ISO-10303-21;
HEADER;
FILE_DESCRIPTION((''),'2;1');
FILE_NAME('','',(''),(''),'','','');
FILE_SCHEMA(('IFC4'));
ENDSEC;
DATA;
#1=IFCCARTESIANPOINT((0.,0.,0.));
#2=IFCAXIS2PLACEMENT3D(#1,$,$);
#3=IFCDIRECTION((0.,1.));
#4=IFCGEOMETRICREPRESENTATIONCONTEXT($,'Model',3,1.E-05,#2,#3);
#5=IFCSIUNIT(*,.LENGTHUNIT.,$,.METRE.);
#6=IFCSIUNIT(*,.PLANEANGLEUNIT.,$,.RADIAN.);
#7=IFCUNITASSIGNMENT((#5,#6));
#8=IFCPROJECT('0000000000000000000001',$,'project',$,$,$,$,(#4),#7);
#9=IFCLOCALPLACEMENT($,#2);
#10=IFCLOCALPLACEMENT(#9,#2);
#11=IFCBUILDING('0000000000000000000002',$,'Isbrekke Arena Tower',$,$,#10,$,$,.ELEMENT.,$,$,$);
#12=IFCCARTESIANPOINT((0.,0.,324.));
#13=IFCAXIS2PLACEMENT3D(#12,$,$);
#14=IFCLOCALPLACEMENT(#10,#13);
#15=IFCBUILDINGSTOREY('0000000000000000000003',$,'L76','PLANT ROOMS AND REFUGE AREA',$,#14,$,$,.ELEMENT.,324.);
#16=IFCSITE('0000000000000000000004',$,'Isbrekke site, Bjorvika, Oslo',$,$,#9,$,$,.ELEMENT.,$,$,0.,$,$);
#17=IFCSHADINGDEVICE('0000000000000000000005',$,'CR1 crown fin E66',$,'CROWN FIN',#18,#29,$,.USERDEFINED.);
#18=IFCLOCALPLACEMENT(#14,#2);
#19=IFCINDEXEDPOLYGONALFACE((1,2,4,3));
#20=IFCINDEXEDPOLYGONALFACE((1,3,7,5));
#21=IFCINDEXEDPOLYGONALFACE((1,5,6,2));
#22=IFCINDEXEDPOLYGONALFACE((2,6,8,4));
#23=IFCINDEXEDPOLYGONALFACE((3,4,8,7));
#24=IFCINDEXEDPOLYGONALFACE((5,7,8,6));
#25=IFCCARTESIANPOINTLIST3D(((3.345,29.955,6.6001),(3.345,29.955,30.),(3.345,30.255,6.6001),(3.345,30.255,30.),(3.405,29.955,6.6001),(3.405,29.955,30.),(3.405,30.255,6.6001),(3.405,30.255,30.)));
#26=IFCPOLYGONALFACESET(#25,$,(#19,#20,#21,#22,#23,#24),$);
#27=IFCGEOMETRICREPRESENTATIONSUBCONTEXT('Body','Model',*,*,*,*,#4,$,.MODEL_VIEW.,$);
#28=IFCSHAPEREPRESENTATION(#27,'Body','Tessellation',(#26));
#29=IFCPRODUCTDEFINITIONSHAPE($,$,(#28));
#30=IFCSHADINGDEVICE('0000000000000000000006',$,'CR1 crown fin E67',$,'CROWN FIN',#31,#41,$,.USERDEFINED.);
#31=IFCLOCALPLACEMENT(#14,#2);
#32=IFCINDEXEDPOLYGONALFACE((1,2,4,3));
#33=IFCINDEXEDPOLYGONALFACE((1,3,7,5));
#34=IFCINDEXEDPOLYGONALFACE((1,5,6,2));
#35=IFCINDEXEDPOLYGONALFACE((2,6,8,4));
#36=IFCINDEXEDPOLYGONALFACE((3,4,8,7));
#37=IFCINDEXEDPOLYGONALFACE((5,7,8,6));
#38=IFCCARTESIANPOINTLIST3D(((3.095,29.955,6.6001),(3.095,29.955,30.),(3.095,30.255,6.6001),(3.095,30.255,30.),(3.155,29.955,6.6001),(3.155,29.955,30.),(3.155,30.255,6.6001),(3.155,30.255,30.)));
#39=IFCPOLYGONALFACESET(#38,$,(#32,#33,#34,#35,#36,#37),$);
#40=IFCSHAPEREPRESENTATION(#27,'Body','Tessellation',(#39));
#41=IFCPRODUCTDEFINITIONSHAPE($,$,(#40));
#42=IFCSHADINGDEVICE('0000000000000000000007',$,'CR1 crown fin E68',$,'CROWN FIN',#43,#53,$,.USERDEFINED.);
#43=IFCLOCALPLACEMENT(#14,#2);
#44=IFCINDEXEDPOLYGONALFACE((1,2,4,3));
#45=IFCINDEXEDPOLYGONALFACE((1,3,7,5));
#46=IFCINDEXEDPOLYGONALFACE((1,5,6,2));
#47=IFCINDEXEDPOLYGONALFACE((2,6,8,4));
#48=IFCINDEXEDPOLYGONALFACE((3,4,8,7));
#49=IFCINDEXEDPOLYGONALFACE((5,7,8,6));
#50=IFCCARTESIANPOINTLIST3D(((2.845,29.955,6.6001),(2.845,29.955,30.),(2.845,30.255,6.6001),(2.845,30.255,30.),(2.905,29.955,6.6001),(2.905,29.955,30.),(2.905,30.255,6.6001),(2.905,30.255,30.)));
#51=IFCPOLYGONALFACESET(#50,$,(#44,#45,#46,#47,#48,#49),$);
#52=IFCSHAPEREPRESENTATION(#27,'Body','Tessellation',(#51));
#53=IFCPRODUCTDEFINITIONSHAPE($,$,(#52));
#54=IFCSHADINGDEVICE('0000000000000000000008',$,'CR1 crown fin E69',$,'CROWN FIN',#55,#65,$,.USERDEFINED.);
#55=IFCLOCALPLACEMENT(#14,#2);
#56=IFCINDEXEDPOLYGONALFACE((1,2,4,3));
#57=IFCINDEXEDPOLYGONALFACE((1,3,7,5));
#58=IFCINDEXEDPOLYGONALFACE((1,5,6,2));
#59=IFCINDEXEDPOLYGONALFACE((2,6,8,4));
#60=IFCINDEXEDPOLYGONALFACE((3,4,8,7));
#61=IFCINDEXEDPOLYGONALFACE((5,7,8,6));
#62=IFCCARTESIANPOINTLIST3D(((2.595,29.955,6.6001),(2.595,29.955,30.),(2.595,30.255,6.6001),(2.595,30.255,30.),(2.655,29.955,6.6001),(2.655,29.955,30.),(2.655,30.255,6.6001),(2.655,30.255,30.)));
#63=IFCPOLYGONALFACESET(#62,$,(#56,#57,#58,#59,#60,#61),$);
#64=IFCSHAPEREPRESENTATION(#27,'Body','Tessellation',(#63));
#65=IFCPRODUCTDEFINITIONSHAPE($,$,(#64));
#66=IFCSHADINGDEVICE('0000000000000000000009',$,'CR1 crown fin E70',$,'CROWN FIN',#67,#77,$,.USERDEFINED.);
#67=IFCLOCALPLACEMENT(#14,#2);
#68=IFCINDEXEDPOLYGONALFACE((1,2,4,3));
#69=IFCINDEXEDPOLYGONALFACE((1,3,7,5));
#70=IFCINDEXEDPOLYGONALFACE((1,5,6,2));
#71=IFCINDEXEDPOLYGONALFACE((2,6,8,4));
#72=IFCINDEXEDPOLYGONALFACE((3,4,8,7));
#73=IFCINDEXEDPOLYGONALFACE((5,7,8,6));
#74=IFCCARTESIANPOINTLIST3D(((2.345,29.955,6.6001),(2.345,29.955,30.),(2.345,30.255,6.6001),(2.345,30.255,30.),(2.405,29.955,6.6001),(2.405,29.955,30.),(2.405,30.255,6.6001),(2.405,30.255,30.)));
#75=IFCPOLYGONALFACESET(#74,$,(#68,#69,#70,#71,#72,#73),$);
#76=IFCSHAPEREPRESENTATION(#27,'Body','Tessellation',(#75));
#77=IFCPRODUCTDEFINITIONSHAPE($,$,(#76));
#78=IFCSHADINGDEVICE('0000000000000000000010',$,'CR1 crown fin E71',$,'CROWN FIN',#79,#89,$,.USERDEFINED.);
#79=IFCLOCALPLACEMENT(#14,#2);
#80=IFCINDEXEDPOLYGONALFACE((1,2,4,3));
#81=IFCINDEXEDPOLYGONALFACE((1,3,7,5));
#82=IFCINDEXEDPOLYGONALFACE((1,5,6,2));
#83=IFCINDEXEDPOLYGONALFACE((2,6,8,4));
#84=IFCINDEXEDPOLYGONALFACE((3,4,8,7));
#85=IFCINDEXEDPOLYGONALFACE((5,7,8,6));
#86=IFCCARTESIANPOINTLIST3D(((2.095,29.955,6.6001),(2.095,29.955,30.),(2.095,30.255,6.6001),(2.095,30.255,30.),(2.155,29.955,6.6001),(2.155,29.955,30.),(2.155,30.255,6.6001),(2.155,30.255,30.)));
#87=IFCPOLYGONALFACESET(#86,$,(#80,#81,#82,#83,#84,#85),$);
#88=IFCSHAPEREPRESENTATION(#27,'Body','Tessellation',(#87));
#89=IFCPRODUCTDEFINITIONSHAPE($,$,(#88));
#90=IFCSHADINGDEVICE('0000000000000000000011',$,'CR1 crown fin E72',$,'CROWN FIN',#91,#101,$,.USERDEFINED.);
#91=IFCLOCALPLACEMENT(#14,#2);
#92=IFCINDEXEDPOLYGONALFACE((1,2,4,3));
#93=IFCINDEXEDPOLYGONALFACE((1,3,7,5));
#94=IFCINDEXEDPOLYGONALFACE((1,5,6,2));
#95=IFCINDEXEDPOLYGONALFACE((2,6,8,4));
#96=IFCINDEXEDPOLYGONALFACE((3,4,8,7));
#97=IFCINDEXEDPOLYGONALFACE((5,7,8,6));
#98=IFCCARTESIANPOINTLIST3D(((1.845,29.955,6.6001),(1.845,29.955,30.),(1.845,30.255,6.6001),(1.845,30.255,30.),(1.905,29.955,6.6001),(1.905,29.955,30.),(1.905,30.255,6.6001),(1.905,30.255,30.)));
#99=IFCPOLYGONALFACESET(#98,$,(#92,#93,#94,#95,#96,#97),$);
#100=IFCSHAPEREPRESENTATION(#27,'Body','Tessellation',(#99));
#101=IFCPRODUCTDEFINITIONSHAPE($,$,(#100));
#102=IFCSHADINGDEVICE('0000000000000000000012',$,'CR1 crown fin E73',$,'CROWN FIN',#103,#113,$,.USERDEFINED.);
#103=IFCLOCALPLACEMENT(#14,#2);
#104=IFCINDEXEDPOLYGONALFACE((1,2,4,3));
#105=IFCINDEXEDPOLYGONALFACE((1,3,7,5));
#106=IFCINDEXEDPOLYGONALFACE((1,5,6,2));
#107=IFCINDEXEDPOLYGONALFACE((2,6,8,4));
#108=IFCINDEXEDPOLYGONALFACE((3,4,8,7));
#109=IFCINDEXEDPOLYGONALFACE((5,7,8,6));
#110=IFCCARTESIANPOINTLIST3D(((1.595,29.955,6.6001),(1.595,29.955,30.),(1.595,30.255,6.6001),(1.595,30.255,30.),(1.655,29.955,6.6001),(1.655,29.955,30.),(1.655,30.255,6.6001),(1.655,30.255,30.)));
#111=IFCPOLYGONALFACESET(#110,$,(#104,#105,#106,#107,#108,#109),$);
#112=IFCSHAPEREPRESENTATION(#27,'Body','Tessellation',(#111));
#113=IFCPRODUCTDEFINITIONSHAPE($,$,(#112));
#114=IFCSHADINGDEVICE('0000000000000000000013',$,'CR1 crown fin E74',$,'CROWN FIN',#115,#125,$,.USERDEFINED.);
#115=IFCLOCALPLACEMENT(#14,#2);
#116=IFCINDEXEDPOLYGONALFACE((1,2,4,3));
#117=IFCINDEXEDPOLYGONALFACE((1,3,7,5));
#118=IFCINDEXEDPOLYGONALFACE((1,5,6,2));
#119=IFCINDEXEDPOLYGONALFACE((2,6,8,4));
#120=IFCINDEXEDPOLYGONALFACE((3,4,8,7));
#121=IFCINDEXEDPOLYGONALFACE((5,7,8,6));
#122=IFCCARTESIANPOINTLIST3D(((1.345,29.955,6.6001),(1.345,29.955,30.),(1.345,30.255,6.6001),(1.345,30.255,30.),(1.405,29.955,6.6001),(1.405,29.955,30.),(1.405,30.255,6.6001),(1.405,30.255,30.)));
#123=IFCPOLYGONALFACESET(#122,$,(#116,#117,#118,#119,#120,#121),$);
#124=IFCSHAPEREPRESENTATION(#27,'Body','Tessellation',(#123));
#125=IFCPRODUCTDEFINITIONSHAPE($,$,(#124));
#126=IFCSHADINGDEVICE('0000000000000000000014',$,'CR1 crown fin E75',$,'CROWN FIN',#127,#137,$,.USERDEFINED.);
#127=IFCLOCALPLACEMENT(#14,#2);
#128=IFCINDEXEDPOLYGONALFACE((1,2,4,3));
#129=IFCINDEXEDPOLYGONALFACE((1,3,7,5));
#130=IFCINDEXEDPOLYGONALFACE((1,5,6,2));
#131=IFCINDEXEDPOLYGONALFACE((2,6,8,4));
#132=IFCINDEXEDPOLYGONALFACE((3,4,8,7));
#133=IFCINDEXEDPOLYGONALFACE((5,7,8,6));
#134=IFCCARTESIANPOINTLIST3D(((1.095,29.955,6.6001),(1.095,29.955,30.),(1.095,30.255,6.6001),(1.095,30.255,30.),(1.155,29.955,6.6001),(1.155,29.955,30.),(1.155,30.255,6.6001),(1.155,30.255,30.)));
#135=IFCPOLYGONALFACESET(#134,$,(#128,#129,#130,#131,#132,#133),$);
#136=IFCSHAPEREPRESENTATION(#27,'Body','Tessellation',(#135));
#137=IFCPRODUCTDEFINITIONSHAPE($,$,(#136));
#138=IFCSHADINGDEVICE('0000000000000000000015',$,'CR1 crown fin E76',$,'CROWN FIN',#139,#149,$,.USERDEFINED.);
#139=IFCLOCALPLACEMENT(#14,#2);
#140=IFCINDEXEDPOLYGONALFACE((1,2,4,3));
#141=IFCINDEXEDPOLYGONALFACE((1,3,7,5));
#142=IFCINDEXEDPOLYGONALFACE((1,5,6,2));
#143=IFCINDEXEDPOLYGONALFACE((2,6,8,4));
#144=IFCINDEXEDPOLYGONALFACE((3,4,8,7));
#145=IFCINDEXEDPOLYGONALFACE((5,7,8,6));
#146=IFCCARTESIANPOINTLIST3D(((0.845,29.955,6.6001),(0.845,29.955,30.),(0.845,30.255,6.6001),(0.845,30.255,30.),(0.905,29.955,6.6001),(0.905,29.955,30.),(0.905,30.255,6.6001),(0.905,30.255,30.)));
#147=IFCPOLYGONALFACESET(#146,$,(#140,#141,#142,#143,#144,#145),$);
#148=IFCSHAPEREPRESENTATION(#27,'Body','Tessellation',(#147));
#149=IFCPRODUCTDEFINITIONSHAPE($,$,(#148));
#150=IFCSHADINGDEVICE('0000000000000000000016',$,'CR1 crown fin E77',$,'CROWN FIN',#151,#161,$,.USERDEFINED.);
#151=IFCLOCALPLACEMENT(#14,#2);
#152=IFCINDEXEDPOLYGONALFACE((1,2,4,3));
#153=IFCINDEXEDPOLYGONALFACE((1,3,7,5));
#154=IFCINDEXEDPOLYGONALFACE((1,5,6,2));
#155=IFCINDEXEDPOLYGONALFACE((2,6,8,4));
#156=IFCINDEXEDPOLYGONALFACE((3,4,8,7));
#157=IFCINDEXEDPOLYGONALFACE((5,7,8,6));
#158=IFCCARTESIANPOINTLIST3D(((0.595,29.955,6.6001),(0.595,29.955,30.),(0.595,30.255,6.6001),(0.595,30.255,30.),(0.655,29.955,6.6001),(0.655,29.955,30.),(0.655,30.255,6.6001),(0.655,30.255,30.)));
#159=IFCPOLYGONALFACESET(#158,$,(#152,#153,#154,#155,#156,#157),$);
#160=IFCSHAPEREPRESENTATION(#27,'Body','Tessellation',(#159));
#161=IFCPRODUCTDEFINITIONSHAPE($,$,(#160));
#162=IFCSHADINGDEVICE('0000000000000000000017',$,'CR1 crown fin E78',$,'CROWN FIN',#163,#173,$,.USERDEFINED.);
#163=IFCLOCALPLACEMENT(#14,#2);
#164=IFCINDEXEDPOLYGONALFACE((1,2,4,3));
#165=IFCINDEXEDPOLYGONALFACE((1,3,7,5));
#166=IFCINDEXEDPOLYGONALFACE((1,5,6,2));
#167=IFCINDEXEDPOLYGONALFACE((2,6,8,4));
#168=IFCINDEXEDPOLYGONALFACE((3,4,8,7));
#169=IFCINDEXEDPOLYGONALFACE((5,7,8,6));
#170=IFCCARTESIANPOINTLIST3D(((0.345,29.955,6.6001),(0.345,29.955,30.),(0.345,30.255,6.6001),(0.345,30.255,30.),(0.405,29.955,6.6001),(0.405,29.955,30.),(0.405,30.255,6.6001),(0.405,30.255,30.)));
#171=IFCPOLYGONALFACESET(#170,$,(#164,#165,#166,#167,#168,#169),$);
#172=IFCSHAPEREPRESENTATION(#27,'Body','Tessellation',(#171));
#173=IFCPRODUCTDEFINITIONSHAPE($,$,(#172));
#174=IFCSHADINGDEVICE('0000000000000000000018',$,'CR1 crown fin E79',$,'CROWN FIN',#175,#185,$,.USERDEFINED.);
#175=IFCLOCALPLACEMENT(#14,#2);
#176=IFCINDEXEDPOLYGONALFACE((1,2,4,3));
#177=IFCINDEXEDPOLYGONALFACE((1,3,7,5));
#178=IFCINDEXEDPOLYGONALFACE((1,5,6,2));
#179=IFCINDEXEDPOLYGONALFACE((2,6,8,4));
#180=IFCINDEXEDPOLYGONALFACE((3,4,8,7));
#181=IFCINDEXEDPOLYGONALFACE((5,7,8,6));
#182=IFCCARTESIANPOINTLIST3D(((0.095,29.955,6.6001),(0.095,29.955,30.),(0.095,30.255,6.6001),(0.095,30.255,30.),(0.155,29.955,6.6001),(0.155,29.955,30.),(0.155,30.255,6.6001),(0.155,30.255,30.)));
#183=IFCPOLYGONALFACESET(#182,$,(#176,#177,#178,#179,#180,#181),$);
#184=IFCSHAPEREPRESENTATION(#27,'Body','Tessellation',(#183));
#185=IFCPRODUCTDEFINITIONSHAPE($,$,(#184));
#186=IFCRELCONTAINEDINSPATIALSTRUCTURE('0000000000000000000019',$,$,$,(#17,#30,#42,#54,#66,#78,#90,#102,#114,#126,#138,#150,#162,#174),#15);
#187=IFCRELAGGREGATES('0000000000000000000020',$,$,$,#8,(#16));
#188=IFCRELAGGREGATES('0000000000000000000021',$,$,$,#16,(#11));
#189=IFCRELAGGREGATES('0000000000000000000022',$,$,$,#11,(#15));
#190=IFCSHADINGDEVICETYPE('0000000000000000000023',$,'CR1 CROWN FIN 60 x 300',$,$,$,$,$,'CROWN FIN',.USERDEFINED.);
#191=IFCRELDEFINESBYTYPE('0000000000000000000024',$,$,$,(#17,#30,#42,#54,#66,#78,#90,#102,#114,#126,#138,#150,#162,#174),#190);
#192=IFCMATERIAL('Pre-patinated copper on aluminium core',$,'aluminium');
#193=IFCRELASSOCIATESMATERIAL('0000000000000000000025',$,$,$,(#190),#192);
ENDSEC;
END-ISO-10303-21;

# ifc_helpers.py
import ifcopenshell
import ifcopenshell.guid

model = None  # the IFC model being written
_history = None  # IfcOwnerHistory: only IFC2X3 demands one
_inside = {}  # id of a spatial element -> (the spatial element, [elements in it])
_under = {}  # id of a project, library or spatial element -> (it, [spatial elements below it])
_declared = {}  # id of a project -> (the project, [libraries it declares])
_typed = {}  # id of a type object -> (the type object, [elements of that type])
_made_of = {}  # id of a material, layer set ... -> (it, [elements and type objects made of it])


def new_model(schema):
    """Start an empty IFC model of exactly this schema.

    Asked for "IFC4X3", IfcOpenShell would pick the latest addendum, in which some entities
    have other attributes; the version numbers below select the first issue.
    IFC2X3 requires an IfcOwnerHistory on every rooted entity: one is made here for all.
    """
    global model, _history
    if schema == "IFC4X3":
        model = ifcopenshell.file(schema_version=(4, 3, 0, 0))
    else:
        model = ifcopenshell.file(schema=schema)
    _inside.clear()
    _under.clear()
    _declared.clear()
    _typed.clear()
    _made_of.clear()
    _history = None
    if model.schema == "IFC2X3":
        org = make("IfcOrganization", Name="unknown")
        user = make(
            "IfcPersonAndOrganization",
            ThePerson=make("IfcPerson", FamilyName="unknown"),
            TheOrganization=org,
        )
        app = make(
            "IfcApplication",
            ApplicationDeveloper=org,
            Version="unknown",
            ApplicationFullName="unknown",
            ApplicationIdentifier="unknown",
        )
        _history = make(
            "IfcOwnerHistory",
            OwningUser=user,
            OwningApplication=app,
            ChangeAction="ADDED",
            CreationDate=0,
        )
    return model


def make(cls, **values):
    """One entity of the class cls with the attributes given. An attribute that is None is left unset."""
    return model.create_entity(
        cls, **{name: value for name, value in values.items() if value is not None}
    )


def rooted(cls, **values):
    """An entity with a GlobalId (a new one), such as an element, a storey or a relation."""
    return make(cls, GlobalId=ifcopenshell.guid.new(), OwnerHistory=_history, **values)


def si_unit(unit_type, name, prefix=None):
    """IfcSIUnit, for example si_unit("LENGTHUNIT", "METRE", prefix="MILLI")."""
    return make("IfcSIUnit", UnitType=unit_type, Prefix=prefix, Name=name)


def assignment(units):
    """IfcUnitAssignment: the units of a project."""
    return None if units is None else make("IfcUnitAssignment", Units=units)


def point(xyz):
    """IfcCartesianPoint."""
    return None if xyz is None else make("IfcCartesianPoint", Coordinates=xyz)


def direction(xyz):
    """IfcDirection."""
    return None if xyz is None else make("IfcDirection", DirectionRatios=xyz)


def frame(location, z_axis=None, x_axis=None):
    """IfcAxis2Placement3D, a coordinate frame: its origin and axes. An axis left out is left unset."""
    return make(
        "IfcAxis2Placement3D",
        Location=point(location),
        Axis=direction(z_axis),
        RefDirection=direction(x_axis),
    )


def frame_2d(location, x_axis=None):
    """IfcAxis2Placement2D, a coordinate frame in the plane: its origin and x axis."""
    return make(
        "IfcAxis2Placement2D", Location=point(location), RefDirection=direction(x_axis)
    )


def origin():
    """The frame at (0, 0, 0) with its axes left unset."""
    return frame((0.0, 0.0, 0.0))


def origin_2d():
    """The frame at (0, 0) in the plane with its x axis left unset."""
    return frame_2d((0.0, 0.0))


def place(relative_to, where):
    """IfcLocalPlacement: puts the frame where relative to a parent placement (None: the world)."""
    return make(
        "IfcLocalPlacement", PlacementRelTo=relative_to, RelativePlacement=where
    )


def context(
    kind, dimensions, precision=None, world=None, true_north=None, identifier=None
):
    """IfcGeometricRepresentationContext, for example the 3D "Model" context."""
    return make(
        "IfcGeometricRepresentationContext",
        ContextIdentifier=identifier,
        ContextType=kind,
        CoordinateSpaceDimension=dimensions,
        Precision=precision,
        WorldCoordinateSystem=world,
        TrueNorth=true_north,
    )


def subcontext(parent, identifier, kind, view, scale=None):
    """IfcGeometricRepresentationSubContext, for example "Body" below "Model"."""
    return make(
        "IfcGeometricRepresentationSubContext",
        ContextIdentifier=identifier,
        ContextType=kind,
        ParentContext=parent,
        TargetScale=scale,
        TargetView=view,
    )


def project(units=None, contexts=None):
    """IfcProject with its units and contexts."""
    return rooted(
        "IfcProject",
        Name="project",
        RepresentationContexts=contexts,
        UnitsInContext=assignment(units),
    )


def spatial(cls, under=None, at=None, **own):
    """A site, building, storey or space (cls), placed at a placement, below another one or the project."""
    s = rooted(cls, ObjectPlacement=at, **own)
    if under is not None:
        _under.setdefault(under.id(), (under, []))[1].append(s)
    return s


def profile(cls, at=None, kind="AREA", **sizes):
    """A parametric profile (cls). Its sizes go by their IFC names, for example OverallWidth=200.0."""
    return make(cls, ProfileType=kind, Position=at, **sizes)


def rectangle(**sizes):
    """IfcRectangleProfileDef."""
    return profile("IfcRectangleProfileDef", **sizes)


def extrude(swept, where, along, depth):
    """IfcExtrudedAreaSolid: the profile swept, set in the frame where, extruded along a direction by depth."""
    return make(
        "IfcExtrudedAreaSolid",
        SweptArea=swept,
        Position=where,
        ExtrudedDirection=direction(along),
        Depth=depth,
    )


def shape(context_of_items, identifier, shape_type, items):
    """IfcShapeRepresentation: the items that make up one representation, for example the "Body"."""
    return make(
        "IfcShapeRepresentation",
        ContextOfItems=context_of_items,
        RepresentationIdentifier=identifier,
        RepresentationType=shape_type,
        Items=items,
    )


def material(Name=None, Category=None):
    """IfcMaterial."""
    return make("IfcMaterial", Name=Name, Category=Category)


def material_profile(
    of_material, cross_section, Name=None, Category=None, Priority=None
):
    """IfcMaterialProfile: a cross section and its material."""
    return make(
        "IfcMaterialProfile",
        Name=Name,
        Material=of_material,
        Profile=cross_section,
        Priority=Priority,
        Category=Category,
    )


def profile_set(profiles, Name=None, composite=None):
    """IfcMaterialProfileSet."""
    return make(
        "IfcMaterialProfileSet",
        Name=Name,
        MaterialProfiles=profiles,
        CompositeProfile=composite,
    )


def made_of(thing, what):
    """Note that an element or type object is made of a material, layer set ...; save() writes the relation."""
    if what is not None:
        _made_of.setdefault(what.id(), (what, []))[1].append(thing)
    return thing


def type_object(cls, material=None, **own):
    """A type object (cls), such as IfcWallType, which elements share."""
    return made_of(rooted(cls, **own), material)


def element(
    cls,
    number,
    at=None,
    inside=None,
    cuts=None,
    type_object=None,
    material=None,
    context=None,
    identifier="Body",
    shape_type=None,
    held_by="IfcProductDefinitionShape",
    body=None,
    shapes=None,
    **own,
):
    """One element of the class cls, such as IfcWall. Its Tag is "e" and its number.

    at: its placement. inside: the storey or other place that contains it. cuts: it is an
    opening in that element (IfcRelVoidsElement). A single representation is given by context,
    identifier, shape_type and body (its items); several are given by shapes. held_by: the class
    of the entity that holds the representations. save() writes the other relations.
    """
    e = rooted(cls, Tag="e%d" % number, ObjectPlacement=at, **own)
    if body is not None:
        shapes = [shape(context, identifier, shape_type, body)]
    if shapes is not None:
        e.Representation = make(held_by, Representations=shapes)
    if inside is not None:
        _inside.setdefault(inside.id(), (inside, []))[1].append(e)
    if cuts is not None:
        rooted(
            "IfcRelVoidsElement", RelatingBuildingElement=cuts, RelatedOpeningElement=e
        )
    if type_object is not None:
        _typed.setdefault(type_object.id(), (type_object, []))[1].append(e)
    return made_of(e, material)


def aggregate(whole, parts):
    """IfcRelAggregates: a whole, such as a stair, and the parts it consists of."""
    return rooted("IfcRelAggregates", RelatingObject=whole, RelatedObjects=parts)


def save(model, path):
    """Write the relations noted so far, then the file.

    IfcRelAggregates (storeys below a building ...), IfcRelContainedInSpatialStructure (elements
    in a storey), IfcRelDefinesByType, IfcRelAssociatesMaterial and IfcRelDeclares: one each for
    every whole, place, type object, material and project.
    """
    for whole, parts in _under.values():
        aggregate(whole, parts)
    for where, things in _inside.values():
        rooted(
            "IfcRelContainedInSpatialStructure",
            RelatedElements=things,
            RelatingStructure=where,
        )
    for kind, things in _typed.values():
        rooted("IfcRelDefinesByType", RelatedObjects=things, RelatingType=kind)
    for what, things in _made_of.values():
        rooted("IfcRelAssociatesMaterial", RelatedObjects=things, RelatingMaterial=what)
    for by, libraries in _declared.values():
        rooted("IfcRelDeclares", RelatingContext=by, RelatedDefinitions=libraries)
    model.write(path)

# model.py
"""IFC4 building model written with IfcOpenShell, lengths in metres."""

from ifc_helpers import new_model, si_unit, direction, frame, origin, origin_2d, place, context, subcontext, project, spatial, rectangle, extrude, material, material_profile, profile_set, type_object, element, save


model = new_model("IFC4")

# Units and contexts
model_context = context("Model", 3, precision=1e-05, world=origin(), true_north=direction((0.0, 1.0)))
body_context = subcontext(model_context, "Body", "Model", "MODEL_VIEW")
ifc_project = project(units=[si_unit("LENGTHUNIT", "METRE"), si_unit("PLANEANGLEUNIT", "RADIAN")], contexts=[model_context])

# Site, building, storey
site_placement = place(None, origin())
site = spatial("IfcSite", under=ifc_project, at=site_placement, Name="Isbrekke site, Bjorvika, Oslo", CompositionType="ELEMENT", RefElevation=0.0)
building_placement = place(site_placement, origin())
building = spatial("IfcBuilding", under=site, at=building_placement, Name="Isbrekke Arena Tower", CompositionType="ELEMENT")
storey_placement = place(building_placement, frame((0.0, 0.0, 324.0)))
storey = spatial("IfcBuildingStorey", under=building, at=storey_placement, Name="L76", Description="PLANT ROOMS AND REFUGE AREA", CompositionType="ELEMENT", Elevation=324.0)

# Shading devices
ifc_material = material(Name="Pre-patinated copper on aluminium core", Category="aluminium")
ifc_material_profile = material_profile(ifc_material, rectangle(XDim=0.0601, YDim=0.3, at=origin_2d()), Name="FIN 60X300")
ifc_profile_set = profile_set([ifc_material_profile], Name="Pre-patinated copper on aluminium core")
shading_device_type = type_object("IfcShadingDeviceType", Name="CR1 CROWN FIN 60 x 300", ElementType="CROWN FIN", PredefinedType="USERDEFINED", material=ifc_profile_set)
for number, where, z_axis, x_axis, name in (
    (1, (3.375, 30.105, 6.6001), (0.0, 0.0, 1.0), (-1.0, 0.0, 0.0), "CR1 crown fin E66"),
    (2, (3.125, 30.105, 6.6001), (0.0, 0.0, 1.0), (-1.0, 0.0, 0.0), "CR1 crown fin E67"),
    (3, (2.875, 30.105, 6.6001), (0.0, 0.0, 1.0), (-1.0, 0.0, 0.0), "CR1 crown fin E68"),
    (4, (2.625, 30.105, 6.6001), (0.0, 0.0, 1.0), (-1.0, 0.0, 0.0), "CR1 crown fin E69"),
    (5, (2.375, 30.105, 6.6001), (0.0, 0.0, 1.0), (-1.0, 0.0, 0.0), "CR1 crown fin E70"),
    (6, (2.125, 30.105, 6.6001), (0.0, 0.0, 1.0), (-1.0, 0.0, 0.0), "CR1 crown fin E71"),
    (7, (1.875, 30.105, 6.6001), (0.0, 0.0, 1.0), (-1.0, 0.0, 0.0), "CR1 crown fin E72"),
    (8, (1.625, 30.105, 6.6001), (0.0, 0.0, 1.0), (-1.0, 0.0, 0.0), "CR1 crown fin E73"),
    (9, (1.375, 30.105, 6.6001), (0.0, 0.0, 1.0), (-1.0, 0.0, 0.0), "CR1 crown fin E74"),
    (10, (1.125, 30.105, 6.6001), (0.0, 0.0, 1.0), (-1.0, 0.0, 0.0), "CR1 crown fin E75"),
    (11, (0.875, 30.105, 6.6001), (0.0, 0.0, 1.0), (-1.0, 0.0, 0.0), "CR1 crown fin E76"),
    (12, (0.625, 30.105, 6.6001), (0.0, 0.0, 1.0), (-1.0, 0.0, 0.0), "CR1 crown fin E77"),
    (13, (0.375, 30.105, 6.6001), (0.0, 0.0, 1.0), (-1.0, 0.0, 0.0), "CR1 crown fin E78"),
    (14, (0.125, 30.105, 6.6001), (0.0, 0.0, 1.0), (-1.0, 0.0, 0.0), "CR1 crown fin E79"),
):
    element("IfcShadingDevice", number, at=place(storey_placement, frame(where, z_axis=z_axis, x_axis=x_axis)), inside=storey, type_object=shading_device_type, Name=name, ObjectType="CROWN FIN", PredefinedType="USERDEFINED", context=body_context, shape_type="SweptSolid", body=[
        extrude(rectangle(XDim=0.0601, YDim=0.3, at=origin_2d()), origin(), (0.0, 0.0, 1.0), 23.3999),
    ])

save(model, "model.ifc")
